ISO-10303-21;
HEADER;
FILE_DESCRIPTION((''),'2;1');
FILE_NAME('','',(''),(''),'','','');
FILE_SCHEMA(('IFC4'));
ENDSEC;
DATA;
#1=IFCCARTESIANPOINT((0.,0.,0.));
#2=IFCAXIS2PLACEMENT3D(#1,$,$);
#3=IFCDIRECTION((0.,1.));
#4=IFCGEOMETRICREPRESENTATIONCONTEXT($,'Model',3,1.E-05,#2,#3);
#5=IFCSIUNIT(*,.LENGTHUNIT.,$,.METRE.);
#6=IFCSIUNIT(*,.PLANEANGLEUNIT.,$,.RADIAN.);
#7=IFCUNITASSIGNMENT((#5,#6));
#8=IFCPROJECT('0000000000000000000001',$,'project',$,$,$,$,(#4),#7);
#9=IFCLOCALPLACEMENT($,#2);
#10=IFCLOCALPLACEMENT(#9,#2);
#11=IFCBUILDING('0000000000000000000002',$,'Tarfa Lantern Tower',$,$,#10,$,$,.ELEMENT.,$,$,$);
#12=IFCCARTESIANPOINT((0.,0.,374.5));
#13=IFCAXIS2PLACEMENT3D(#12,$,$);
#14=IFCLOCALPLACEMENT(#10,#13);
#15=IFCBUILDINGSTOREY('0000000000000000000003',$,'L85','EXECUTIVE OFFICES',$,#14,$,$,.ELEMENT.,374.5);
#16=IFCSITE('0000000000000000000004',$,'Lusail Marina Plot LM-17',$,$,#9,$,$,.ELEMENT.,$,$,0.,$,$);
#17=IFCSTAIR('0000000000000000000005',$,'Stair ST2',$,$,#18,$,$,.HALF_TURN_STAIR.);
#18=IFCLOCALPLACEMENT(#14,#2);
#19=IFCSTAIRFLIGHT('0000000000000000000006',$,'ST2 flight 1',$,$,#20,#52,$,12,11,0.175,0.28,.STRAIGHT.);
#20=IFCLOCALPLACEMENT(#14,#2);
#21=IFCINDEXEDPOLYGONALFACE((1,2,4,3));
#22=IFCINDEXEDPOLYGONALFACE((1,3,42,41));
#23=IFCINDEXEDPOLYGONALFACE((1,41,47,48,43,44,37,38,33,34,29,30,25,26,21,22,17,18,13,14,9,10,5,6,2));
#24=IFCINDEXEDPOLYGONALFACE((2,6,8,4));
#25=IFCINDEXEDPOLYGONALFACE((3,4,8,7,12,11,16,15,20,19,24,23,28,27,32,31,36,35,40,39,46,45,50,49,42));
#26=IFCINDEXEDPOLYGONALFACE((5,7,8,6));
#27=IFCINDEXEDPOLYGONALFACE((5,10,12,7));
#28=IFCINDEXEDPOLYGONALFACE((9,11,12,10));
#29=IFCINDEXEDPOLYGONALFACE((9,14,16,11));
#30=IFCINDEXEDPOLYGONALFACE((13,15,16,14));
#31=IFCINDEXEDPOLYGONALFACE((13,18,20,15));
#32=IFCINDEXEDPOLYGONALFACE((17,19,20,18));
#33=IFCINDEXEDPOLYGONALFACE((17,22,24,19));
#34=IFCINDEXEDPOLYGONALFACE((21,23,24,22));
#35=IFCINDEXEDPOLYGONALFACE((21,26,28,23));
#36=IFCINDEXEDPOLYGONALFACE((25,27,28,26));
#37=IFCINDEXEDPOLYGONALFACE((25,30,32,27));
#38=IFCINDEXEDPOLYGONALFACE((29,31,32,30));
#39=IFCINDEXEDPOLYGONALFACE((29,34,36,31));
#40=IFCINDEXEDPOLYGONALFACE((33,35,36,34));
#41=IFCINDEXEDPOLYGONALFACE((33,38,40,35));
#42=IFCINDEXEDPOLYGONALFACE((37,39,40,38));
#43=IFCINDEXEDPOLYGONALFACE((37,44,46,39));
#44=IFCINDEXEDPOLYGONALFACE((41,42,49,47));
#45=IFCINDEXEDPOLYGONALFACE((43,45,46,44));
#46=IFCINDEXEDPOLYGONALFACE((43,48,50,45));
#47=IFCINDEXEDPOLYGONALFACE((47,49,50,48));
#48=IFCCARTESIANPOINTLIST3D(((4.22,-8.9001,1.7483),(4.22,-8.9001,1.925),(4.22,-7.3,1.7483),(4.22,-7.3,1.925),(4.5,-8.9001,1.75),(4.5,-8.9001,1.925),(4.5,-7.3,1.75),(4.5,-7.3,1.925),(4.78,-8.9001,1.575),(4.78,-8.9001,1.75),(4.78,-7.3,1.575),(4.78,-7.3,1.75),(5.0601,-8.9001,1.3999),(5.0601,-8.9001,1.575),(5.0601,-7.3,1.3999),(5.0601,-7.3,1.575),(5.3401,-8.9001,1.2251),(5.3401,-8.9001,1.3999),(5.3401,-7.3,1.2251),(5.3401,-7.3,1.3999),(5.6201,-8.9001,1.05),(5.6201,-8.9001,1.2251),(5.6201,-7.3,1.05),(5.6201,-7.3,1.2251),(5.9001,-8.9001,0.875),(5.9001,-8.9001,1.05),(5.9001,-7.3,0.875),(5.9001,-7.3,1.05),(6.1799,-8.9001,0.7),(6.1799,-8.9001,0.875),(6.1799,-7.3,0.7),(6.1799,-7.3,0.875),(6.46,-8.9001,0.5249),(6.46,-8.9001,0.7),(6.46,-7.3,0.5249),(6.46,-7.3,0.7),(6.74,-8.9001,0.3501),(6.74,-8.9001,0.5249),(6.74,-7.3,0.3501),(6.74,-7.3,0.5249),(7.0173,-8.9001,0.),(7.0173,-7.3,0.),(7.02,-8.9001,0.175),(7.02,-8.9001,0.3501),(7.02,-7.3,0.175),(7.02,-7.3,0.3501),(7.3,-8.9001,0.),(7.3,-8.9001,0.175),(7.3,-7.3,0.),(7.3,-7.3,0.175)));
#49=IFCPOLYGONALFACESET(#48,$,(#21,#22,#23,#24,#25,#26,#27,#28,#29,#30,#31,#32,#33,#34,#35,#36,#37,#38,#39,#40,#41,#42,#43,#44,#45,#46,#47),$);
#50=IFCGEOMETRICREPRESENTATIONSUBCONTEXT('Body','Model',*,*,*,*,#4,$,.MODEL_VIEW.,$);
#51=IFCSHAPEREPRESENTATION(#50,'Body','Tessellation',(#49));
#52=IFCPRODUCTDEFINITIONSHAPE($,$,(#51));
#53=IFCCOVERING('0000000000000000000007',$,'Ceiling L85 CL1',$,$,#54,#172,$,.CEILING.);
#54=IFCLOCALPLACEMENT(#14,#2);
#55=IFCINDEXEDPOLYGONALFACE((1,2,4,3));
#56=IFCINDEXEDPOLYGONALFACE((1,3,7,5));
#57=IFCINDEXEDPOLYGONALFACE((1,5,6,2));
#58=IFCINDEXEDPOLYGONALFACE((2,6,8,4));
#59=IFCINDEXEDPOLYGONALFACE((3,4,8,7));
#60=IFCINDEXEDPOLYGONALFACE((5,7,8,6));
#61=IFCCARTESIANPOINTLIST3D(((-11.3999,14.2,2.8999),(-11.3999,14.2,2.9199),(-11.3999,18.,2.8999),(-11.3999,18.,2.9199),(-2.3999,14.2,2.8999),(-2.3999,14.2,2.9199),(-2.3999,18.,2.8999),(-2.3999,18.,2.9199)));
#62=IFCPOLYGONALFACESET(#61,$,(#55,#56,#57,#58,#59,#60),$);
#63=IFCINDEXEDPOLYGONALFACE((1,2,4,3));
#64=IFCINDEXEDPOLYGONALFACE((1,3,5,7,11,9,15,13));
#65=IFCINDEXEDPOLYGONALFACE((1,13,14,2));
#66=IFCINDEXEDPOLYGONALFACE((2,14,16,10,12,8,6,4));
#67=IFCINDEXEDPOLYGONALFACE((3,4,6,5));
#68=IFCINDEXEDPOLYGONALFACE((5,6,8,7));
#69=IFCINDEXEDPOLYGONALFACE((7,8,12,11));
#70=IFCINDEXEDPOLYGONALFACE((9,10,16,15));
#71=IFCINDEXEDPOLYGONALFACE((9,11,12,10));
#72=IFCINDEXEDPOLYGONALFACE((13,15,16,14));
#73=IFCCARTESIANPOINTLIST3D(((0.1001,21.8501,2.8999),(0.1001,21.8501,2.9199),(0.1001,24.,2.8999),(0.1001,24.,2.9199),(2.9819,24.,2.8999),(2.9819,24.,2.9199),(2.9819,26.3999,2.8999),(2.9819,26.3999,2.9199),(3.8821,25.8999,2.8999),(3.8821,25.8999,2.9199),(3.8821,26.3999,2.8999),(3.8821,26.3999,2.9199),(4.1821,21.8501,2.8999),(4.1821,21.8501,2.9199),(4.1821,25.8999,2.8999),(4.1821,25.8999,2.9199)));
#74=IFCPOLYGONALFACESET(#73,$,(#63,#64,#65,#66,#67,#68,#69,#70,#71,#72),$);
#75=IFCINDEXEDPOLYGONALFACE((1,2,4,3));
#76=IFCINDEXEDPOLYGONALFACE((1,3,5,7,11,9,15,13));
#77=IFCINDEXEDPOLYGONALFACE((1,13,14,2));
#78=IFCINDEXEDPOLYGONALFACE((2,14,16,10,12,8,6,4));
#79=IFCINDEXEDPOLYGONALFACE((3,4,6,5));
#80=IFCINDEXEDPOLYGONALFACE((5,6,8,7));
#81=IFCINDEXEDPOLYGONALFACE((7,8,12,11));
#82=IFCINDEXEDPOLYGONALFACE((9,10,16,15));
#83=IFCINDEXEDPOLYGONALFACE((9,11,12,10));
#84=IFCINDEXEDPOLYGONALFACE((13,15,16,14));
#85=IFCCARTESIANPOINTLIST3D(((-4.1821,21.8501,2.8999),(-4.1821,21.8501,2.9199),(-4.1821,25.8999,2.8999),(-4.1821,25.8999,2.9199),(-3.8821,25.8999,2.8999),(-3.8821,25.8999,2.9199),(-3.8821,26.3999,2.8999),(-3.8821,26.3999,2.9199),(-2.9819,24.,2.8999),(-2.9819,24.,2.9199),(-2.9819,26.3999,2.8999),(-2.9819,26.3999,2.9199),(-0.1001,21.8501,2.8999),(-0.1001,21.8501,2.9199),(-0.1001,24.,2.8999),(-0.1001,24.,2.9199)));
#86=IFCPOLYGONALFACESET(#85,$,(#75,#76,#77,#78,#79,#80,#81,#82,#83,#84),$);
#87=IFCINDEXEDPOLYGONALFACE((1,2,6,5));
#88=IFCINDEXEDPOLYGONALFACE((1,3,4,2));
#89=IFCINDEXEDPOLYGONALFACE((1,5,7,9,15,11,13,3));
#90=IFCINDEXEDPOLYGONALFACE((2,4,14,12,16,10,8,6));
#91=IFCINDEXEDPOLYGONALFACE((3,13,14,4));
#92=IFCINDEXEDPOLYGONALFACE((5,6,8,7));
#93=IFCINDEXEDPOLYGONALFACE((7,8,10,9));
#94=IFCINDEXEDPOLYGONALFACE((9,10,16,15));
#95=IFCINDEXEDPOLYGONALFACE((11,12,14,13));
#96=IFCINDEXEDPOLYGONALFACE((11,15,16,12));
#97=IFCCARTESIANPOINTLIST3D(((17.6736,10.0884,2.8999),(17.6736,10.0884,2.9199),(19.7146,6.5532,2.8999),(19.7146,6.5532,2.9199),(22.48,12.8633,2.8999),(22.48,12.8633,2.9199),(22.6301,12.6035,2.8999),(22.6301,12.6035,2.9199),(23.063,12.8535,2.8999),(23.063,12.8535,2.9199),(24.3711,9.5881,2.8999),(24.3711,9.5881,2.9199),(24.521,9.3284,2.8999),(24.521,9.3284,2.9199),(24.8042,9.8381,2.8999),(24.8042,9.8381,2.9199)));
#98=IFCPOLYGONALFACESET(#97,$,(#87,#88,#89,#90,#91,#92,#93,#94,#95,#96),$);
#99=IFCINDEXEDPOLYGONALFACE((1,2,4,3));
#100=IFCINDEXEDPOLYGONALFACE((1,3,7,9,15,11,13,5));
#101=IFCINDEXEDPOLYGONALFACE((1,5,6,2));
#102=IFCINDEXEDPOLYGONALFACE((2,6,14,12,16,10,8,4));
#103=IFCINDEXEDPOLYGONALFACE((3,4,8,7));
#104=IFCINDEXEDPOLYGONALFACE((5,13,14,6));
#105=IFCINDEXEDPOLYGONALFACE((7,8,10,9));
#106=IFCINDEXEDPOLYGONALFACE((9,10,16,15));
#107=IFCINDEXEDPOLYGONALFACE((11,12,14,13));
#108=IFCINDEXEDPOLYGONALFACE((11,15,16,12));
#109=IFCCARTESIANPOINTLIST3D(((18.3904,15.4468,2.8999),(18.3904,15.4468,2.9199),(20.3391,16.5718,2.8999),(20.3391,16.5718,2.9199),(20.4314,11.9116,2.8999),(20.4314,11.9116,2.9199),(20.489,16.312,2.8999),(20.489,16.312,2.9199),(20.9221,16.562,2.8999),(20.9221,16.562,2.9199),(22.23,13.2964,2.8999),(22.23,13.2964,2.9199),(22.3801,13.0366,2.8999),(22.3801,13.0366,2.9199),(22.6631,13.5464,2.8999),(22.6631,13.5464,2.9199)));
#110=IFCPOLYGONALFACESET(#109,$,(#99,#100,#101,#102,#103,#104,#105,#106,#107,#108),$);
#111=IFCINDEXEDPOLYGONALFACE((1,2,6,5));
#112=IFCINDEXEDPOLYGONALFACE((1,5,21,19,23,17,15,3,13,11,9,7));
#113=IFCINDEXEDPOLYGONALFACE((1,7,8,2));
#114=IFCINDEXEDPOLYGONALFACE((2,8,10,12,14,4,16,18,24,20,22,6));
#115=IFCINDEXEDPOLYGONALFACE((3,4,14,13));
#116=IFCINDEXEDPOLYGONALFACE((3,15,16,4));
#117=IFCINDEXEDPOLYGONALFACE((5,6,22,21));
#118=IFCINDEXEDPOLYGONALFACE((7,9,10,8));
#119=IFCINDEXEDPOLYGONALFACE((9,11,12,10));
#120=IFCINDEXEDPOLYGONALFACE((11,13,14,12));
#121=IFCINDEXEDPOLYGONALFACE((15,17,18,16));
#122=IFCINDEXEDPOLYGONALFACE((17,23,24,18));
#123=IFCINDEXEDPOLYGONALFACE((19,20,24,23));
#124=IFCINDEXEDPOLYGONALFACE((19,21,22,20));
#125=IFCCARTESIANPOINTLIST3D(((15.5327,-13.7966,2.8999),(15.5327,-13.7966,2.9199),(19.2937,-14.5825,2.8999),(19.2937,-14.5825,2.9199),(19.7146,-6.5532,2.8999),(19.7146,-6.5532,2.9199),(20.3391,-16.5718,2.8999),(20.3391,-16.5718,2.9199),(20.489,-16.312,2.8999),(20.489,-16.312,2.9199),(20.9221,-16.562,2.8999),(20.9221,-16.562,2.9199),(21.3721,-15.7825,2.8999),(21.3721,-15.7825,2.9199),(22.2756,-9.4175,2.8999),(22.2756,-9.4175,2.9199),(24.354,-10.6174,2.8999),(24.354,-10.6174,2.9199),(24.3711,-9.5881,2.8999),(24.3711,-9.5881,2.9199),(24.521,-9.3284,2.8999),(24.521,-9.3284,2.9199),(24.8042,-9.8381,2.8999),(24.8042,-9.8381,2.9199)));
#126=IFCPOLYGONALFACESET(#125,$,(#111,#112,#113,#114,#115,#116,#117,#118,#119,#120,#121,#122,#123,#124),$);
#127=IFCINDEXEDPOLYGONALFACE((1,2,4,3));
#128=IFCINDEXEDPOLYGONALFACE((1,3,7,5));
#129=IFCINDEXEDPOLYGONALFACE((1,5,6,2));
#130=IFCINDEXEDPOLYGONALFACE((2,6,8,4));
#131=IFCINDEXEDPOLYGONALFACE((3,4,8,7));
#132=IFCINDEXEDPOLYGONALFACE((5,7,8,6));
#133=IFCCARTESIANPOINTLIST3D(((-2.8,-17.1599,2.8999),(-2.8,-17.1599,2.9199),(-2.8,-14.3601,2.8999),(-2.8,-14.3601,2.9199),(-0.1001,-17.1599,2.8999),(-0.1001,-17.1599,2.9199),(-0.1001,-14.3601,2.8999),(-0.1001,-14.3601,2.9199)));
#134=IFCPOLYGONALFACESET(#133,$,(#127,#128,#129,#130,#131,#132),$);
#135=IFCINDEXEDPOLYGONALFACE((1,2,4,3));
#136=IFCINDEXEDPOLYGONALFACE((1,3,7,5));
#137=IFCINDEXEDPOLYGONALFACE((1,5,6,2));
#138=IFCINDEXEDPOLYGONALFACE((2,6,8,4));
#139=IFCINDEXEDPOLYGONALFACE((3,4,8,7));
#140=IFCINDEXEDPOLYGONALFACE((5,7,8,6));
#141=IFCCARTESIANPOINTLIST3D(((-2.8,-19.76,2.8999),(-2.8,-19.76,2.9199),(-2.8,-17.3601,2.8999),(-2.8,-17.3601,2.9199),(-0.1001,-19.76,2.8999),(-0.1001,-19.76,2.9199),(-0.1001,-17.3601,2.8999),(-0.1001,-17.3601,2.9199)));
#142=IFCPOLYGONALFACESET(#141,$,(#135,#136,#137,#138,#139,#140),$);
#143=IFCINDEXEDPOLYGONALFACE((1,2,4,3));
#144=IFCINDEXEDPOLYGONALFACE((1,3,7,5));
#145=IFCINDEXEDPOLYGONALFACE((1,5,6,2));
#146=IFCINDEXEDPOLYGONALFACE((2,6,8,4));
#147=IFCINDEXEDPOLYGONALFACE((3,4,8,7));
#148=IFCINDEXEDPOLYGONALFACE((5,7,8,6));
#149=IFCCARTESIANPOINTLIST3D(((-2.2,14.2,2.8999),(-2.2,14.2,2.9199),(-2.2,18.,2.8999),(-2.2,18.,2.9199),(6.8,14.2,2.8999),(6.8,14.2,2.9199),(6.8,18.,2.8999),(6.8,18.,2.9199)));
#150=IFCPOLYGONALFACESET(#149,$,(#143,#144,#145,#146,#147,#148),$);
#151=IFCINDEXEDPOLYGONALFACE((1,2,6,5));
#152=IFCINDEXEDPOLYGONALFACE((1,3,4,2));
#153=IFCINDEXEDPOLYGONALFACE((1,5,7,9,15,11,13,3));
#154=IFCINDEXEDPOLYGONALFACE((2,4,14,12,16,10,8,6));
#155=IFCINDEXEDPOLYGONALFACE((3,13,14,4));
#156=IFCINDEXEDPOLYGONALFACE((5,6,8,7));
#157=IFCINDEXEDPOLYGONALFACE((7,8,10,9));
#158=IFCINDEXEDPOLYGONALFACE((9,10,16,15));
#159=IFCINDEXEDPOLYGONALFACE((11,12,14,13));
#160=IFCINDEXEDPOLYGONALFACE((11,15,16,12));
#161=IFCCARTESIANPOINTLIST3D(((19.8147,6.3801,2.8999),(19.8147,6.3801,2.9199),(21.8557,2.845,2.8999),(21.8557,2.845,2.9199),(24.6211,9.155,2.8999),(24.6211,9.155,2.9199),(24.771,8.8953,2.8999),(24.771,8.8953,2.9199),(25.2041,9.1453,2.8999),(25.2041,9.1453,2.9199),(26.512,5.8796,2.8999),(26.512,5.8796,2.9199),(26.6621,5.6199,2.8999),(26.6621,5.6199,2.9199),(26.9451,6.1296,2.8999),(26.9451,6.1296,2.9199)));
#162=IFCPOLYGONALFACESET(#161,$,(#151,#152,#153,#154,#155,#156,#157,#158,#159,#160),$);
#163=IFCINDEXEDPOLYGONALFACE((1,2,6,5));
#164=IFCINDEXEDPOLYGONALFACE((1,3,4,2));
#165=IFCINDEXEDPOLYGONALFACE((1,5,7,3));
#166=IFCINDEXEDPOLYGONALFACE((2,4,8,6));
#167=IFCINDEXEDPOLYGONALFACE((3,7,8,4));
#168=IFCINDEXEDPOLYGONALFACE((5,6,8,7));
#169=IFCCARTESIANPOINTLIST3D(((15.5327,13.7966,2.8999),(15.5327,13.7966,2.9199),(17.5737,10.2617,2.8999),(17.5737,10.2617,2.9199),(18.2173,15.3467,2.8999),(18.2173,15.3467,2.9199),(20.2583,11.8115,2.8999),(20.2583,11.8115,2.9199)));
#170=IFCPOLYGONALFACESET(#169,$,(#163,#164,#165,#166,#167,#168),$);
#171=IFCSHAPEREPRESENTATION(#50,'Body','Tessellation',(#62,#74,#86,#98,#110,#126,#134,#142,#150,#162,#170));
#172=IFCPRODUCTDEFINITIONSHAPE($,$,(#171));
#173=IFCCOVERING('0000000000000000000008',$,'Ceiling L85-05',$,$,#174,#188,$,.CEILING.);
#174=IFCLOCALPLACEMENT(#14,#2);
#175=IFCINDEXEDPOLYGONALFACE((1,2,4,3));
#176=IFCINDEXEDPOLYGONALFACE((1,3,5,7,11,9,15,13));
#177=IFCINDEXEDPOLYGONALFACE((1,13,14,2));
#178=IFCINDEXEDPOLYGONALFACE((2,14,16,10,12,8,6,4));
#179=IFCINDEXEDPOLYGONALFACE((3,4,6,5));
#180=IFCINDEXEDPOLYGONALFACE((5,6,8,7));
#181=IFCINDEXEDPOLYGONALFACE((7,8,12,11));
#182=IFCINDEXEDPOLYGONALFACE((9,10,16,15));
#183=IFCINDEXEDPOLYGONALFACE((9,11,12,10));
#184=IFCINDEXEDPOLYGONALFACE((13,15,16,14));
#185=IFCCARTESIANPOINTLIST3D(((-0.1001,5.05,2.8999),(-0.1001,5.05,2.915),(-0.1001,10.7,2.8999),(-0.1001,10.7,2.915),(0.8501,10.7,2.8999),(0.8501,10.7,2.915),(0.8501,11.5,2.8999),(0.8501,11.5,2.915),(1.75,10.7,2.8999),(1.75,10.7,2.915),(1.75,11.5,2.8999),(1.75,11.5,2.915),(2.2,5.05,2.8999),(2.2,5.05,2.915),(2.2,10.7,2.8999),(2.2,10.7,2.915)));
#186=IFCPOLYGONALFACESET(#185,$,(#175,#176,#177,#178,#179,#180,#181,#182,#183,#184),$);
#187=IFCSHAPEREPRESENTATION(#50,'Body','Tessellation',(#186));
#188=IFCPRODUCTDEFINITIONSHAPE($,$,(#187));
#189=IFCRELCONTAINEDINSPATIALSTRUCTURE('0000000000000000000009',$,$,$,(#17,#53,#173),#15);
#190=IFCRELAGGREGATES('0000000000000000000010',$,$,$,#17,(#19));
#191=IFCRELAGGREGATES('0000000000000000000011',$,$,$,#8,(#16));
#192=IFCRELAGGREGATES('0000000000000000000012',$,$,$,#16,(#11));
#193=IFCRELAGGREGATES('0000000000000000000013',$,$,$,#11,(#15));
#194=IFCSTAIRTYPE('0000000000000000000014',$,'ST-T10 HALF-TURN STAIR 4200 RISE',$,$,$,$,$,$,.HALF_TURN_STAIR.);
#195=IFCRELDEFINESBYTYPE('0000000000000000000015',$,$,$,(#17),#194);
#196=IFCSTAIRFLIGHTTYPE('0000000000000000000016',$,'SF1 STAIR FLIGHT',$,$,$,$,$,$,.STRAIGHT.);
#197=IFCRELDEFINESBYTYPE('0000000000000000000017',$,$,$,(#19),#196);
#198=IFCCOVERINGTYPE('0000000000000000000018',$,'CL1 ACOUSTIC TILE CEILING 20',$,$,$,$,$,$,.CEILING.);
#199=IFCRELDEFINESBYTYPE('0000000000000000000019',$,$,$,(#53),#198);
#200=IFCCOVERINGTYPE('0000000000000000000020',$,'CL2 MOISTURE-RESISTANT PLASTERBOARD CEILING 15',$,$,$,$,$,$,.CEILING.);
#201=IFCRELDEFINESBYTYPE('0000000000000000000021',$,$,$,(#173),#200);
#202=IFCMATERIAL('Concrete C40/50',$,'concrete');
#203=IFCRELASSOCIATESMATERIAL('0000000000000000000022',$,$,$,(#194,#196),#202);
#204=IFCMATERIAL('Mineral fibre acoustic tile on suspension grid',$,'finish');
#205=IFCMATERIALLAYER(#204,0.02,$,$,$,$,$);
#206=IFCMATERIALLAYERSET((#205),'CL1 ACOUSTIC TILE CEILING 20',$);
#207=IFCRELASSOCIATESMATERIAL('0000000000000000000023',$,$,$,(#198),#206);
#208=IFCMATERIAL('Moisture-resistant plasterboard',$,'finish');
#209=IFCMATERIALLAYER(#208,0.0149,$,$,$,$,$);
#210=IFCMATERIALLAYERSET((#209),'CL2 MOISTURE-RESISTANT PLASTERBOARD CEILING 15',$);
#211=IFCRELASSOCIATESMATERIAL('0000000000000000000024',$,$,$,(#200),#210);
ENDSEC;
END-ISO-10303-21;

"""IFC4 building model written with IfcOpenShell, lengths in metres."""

from ifc_helpers import new_model, si_unit, direction, frame, origin, place, context, subcontext, project, spatial, polyline, outline, extrude, material, layer, layer_set, type_object, element, aggregate, save


model = new_model("IFC4")

# Units and contexts
model_context = context("Model", 3, precision=1e-05, world=origin(), true_north=direction((0.0, 1.0)))
body_context = subcontext(model_context, "Body", "Model", "MODEL_VIEW")
ifc_project = project(units=[si_unit("LENGTHUNIT", "METRE"), si_unit("PLANEANGLEUNIT", "RADIAN")], contexts=[model_context])

# Site, building, storey
site_placement = place(None, origin())
site = spatial("IfcSite", under=ifc_project, at=site_placement, Name="Lusail Marina Plot LM-17", CompositionType="ELEMENT", RefElevation=0.0)
building_placement = place(site_placement, origin())
building = spatial("IfcBuilding", under=site, at=building_placement, Name="Tarfa Lantern Tower", CompositionType="ELEMENT")
storey_placement = place(building_placement, frame((0.0, 0.0, 374.5)))
storey = spatial("IfcBuildingStorey", under=building, at=storey_placement, Name="L85", Description="EXECUTIVE OFFICES", CompositionType="ELEMENT", Elevation=374.5)

# Stair
ifc_material_1 = material(Name="Concrete C40/50", Category="concrete")
stair_type = type_object("IfcStairType", Name="ST-T10 HALF-TURN STAIR 4200 RISE", PredefinedType="HALF_TURN_STAIR", material=ifc_material_1)
stair_1_placement = place(storey_placement, origin())
stair_1 = element("IfcStair", 1, at=stair_1_placement, inside=storey, type_object=stair_type, Name="Stair ST2", PredefinedType="HALF_TURN_STAIR")

# Stair flight
stair_flight_type = type_object("IfcStairFlightType", Name="SF1 STAIR FLIGHT", PredefinedType="STRAIGHT", material=ifc_material_1)
stair_flight_placement = place(storey_placement, frame((7.3, -8.1001, 0.0), z_axis=(0.0, 0.0, 1.0), x_axis=(-1.0, 0.0, 0.0)))
stair_flight = element("IfcStairFlight", 2, at=stair_flight_placement, type_object=stair_flight_type, Name="ST2 flight 1", NumberOfRisers=12, NumberOfTreads=11, PredefinedType="STRAIGHT", RiserHeight=0.175, TreadLength=0.28, context=body_context, shape_type="SweptSolid", body=[
    extrude(outline(polyline([(0.0, 0.0), (0.0, 0.175), (0.28, 0.175), (0.28, 0.3501), (0.5601, 0.3501), (0.5601, 0.5249), (0.8401, 0.5249), (0.8401, 0.7), (1.1201, 0.7), (1.1201, 0.875), (1.3999, 0.875), (1.3999, 1.05), (1.6799, 1.05), (1.6799, 1.2251), (1.96, 1.2251), (1.96, 1.3999), (2.24, 1.3999), (2.24, 1.575), (2.52, 1.575), (2.52, 1.75), (2.8, 1.75), (2.8, 1.925), (3.0801, 1.925), (3.0801, 2.1001), (3.0801, 1.7483), (0.2827, 0.0), (0.0, 0.0)])), frame((0.0, 0.8, 0.0), z_axis=(0.0, -1.0, 0.0), x_axis=(1.0, 0.0, 0.0)), (0.0, 0.0, 1.0), 1.6001),
])
aggregate(stair_1, [stair_flight])

# Coverings
ifc_material_2 = material(Name="Mineral fibre acoustic tile on suspension grid", Category="finish")
ifc_layer_1 = layer(ifc_material_2, 0.02)
ifc_layer_set_1 = layer_set([ifc_layer_1], Name="CL1 ACOUSTIC TILE CEILING 20")
covering_type_1 = type_object("IfcCoveringType", Name="CL1 ACOUSTIC TILE CEILING 20", PredefinedType="CEILING", material=ifc_layer_set_1)
covering_1_placement = place(storey_placement, frame((0.0, 0.0, 2.8999)))
element("IfcCovering", 3, at=covering_1_placement, inside=storey, type_object=covering_type_1, Name="Ceiling L85 CL1", PredefinedType="CEILING", context=body_context, shape_type="SweptSolid", body=[
    extrude(outline(polyline([(-11.3999, 18.0), (-2.3999, 18.0), (-2.3999, 14.2), (-11.3999, 14.2), (-11.3999, 18.0)])), origin(), (0.0, 0.0, 1.0), 0.02),
    extrude(outline(polyline([(4.1821, 21.8501), (0.1001, 21.8501), (0.1001, 24.0), (2.9819, 24.0), (2.9819, 26.3999), (3.8821, 26.3999), (3.8821, 25.8999), (4.1821, 25.8999), (4.1821, 21.8501)])), origin(), (0.0, 0.0, 1.0), 0.02),
    extrude(outline(polyline([(-2.9819, 24.0), (-0.1001, 24.0), (-0.1001, 21.8501), (-4.1821, 21.8501), (-4.1821, 25.8999), (-3.8821, 25.8999), (-3.8821, 26.3999), (-2.9819, 26.3999), (-2.9819, 24.0)])), origin(), (0.0, 0.0, 1.0), 0.02),
    extrude(outline(polyline([(17.6736, 10.0884), (22.48, 12.8633), (22.6301, 12.6035), (23.063, 12.8535), (24.8042, 9.8381), (24.3711, 9.5881), (24.521, 9.3284), (19.7146, 6.5532), (17.6736, 10.0884)])), origin(), (0.0, 0.0, 1.0), 0.02),
    extrude(outline(polyline([(18.3904, 15.4468), (20.3391, 16.5718), (20.489, 16.312), (20.9221, 16.562), (22.6631, 13.5464), (22.23, 13.2964), (22.3801, 13.0366), (20.4314, 11.9116), (18.3904, 15.4468)])), origin(), (0.0, 0.0, 1.0), 0.02),
    extrude(outline(polyline([(19.7146, -6.5532), (24.521, -9.3284), (24.3711, -9.5881), (24.8042, -9.8381), (24.354, -10.6174), (22.2756, -9.4175), (19.2937, -14.5825), (21.3721, -15.7825), (20.9221, -16.562), (20.489, -16.312), (20.3391, -16.5718), (15.5327, -13.7966), (19.7146, -6.5532)])), origin(), (0.0, 0.0, 1.0), 0.02),
    extrude(outline(polyline([(-2.8, -17.1599), (-2.8, -14.3601), (-0.1001, -14.3601), (-0.1001, -17.1599), (-2.8, -17.1599)])), origin(), (0.0, 0.0, 1.0), 0.02),
    extrude(outline(polyline([(-2.8, -19.76), (-2.8, -17.3601), (-0.1001, -17.3601), (-0.1001, -19.76), (-2.8, -19.76)])), origin(), (0.0, 0.0, 1.0), 0.02),
    extrude(outline(polyline([(-2.2, 18.0), (6.8, 18.0), (6.8, 14.2), (-2.2, 14.2), (-2.2, 18.0)])), origin(), (0.0, 0.0, 1.0), 0.02),
    extrude(outline(polyline([(19.8147, 6.3801), (24.6211, 9.155), (24.771, 8.8953), (25.2041, 9.1453), (26.9451, 6.1296), (26.512, 5.8796), (26.6621, 5.6199), (21.8557, 2.845), (19.8147, 6.3801)])), origin(), (0.0, 0.0, 1.0), 0.02),
    extrude(outline(polyline([(15.5327, 13.7966), (18.2173, 15.3467), (20.2583, 11.8115), (17.5737, 10.2617), (15.5327, 13.7966)])), origin(), (0.0, 0.0, 1.0), 0.02),
])
ifc_material_3 = material(Name="Moisture-resistant plasterboard", Category="finish")
ifc_layer_2 = layer(ifc_material_3, 0.0149)
ifc_layer_set_2 = layer_set([ifc_layer_2], Name="CL2 MOISTURE-RESISTANT PLASTERBOARD CEILING 15")
covering_type_2 = type_object("IfcCoveringType", Name="CL2 MOISTURE-RESISTANT PLASTERBOARD CEILING 15", PredefinedType="CEILING", material=ifc_layer_set_2)
covering_2_placement = place(storey_placement, frame((0.0, 0.0, 2.8999)))
element("IfcCovering", 4, at=covering_2_placement, inside=storey, type_object=covering_type_2, Name="Ceiling L85-05", PredefinedType="CEILING", context=body_context, shape_type="SweptSolid", body=[
    extrude(outline(polyline([(0.8501, 10.7), (-0.1001, 10.7), (-0.1001, 5.05), (2.2, 5.05), (2.2, 10.7), (1.75, 10.7), (1.75, 11.5), (0.8501, 11.5), (0.8501, 10.7)])), origin(), (0.0, 0.0, 1.0), 0.0151),
])

save(model, "model.ifc")
